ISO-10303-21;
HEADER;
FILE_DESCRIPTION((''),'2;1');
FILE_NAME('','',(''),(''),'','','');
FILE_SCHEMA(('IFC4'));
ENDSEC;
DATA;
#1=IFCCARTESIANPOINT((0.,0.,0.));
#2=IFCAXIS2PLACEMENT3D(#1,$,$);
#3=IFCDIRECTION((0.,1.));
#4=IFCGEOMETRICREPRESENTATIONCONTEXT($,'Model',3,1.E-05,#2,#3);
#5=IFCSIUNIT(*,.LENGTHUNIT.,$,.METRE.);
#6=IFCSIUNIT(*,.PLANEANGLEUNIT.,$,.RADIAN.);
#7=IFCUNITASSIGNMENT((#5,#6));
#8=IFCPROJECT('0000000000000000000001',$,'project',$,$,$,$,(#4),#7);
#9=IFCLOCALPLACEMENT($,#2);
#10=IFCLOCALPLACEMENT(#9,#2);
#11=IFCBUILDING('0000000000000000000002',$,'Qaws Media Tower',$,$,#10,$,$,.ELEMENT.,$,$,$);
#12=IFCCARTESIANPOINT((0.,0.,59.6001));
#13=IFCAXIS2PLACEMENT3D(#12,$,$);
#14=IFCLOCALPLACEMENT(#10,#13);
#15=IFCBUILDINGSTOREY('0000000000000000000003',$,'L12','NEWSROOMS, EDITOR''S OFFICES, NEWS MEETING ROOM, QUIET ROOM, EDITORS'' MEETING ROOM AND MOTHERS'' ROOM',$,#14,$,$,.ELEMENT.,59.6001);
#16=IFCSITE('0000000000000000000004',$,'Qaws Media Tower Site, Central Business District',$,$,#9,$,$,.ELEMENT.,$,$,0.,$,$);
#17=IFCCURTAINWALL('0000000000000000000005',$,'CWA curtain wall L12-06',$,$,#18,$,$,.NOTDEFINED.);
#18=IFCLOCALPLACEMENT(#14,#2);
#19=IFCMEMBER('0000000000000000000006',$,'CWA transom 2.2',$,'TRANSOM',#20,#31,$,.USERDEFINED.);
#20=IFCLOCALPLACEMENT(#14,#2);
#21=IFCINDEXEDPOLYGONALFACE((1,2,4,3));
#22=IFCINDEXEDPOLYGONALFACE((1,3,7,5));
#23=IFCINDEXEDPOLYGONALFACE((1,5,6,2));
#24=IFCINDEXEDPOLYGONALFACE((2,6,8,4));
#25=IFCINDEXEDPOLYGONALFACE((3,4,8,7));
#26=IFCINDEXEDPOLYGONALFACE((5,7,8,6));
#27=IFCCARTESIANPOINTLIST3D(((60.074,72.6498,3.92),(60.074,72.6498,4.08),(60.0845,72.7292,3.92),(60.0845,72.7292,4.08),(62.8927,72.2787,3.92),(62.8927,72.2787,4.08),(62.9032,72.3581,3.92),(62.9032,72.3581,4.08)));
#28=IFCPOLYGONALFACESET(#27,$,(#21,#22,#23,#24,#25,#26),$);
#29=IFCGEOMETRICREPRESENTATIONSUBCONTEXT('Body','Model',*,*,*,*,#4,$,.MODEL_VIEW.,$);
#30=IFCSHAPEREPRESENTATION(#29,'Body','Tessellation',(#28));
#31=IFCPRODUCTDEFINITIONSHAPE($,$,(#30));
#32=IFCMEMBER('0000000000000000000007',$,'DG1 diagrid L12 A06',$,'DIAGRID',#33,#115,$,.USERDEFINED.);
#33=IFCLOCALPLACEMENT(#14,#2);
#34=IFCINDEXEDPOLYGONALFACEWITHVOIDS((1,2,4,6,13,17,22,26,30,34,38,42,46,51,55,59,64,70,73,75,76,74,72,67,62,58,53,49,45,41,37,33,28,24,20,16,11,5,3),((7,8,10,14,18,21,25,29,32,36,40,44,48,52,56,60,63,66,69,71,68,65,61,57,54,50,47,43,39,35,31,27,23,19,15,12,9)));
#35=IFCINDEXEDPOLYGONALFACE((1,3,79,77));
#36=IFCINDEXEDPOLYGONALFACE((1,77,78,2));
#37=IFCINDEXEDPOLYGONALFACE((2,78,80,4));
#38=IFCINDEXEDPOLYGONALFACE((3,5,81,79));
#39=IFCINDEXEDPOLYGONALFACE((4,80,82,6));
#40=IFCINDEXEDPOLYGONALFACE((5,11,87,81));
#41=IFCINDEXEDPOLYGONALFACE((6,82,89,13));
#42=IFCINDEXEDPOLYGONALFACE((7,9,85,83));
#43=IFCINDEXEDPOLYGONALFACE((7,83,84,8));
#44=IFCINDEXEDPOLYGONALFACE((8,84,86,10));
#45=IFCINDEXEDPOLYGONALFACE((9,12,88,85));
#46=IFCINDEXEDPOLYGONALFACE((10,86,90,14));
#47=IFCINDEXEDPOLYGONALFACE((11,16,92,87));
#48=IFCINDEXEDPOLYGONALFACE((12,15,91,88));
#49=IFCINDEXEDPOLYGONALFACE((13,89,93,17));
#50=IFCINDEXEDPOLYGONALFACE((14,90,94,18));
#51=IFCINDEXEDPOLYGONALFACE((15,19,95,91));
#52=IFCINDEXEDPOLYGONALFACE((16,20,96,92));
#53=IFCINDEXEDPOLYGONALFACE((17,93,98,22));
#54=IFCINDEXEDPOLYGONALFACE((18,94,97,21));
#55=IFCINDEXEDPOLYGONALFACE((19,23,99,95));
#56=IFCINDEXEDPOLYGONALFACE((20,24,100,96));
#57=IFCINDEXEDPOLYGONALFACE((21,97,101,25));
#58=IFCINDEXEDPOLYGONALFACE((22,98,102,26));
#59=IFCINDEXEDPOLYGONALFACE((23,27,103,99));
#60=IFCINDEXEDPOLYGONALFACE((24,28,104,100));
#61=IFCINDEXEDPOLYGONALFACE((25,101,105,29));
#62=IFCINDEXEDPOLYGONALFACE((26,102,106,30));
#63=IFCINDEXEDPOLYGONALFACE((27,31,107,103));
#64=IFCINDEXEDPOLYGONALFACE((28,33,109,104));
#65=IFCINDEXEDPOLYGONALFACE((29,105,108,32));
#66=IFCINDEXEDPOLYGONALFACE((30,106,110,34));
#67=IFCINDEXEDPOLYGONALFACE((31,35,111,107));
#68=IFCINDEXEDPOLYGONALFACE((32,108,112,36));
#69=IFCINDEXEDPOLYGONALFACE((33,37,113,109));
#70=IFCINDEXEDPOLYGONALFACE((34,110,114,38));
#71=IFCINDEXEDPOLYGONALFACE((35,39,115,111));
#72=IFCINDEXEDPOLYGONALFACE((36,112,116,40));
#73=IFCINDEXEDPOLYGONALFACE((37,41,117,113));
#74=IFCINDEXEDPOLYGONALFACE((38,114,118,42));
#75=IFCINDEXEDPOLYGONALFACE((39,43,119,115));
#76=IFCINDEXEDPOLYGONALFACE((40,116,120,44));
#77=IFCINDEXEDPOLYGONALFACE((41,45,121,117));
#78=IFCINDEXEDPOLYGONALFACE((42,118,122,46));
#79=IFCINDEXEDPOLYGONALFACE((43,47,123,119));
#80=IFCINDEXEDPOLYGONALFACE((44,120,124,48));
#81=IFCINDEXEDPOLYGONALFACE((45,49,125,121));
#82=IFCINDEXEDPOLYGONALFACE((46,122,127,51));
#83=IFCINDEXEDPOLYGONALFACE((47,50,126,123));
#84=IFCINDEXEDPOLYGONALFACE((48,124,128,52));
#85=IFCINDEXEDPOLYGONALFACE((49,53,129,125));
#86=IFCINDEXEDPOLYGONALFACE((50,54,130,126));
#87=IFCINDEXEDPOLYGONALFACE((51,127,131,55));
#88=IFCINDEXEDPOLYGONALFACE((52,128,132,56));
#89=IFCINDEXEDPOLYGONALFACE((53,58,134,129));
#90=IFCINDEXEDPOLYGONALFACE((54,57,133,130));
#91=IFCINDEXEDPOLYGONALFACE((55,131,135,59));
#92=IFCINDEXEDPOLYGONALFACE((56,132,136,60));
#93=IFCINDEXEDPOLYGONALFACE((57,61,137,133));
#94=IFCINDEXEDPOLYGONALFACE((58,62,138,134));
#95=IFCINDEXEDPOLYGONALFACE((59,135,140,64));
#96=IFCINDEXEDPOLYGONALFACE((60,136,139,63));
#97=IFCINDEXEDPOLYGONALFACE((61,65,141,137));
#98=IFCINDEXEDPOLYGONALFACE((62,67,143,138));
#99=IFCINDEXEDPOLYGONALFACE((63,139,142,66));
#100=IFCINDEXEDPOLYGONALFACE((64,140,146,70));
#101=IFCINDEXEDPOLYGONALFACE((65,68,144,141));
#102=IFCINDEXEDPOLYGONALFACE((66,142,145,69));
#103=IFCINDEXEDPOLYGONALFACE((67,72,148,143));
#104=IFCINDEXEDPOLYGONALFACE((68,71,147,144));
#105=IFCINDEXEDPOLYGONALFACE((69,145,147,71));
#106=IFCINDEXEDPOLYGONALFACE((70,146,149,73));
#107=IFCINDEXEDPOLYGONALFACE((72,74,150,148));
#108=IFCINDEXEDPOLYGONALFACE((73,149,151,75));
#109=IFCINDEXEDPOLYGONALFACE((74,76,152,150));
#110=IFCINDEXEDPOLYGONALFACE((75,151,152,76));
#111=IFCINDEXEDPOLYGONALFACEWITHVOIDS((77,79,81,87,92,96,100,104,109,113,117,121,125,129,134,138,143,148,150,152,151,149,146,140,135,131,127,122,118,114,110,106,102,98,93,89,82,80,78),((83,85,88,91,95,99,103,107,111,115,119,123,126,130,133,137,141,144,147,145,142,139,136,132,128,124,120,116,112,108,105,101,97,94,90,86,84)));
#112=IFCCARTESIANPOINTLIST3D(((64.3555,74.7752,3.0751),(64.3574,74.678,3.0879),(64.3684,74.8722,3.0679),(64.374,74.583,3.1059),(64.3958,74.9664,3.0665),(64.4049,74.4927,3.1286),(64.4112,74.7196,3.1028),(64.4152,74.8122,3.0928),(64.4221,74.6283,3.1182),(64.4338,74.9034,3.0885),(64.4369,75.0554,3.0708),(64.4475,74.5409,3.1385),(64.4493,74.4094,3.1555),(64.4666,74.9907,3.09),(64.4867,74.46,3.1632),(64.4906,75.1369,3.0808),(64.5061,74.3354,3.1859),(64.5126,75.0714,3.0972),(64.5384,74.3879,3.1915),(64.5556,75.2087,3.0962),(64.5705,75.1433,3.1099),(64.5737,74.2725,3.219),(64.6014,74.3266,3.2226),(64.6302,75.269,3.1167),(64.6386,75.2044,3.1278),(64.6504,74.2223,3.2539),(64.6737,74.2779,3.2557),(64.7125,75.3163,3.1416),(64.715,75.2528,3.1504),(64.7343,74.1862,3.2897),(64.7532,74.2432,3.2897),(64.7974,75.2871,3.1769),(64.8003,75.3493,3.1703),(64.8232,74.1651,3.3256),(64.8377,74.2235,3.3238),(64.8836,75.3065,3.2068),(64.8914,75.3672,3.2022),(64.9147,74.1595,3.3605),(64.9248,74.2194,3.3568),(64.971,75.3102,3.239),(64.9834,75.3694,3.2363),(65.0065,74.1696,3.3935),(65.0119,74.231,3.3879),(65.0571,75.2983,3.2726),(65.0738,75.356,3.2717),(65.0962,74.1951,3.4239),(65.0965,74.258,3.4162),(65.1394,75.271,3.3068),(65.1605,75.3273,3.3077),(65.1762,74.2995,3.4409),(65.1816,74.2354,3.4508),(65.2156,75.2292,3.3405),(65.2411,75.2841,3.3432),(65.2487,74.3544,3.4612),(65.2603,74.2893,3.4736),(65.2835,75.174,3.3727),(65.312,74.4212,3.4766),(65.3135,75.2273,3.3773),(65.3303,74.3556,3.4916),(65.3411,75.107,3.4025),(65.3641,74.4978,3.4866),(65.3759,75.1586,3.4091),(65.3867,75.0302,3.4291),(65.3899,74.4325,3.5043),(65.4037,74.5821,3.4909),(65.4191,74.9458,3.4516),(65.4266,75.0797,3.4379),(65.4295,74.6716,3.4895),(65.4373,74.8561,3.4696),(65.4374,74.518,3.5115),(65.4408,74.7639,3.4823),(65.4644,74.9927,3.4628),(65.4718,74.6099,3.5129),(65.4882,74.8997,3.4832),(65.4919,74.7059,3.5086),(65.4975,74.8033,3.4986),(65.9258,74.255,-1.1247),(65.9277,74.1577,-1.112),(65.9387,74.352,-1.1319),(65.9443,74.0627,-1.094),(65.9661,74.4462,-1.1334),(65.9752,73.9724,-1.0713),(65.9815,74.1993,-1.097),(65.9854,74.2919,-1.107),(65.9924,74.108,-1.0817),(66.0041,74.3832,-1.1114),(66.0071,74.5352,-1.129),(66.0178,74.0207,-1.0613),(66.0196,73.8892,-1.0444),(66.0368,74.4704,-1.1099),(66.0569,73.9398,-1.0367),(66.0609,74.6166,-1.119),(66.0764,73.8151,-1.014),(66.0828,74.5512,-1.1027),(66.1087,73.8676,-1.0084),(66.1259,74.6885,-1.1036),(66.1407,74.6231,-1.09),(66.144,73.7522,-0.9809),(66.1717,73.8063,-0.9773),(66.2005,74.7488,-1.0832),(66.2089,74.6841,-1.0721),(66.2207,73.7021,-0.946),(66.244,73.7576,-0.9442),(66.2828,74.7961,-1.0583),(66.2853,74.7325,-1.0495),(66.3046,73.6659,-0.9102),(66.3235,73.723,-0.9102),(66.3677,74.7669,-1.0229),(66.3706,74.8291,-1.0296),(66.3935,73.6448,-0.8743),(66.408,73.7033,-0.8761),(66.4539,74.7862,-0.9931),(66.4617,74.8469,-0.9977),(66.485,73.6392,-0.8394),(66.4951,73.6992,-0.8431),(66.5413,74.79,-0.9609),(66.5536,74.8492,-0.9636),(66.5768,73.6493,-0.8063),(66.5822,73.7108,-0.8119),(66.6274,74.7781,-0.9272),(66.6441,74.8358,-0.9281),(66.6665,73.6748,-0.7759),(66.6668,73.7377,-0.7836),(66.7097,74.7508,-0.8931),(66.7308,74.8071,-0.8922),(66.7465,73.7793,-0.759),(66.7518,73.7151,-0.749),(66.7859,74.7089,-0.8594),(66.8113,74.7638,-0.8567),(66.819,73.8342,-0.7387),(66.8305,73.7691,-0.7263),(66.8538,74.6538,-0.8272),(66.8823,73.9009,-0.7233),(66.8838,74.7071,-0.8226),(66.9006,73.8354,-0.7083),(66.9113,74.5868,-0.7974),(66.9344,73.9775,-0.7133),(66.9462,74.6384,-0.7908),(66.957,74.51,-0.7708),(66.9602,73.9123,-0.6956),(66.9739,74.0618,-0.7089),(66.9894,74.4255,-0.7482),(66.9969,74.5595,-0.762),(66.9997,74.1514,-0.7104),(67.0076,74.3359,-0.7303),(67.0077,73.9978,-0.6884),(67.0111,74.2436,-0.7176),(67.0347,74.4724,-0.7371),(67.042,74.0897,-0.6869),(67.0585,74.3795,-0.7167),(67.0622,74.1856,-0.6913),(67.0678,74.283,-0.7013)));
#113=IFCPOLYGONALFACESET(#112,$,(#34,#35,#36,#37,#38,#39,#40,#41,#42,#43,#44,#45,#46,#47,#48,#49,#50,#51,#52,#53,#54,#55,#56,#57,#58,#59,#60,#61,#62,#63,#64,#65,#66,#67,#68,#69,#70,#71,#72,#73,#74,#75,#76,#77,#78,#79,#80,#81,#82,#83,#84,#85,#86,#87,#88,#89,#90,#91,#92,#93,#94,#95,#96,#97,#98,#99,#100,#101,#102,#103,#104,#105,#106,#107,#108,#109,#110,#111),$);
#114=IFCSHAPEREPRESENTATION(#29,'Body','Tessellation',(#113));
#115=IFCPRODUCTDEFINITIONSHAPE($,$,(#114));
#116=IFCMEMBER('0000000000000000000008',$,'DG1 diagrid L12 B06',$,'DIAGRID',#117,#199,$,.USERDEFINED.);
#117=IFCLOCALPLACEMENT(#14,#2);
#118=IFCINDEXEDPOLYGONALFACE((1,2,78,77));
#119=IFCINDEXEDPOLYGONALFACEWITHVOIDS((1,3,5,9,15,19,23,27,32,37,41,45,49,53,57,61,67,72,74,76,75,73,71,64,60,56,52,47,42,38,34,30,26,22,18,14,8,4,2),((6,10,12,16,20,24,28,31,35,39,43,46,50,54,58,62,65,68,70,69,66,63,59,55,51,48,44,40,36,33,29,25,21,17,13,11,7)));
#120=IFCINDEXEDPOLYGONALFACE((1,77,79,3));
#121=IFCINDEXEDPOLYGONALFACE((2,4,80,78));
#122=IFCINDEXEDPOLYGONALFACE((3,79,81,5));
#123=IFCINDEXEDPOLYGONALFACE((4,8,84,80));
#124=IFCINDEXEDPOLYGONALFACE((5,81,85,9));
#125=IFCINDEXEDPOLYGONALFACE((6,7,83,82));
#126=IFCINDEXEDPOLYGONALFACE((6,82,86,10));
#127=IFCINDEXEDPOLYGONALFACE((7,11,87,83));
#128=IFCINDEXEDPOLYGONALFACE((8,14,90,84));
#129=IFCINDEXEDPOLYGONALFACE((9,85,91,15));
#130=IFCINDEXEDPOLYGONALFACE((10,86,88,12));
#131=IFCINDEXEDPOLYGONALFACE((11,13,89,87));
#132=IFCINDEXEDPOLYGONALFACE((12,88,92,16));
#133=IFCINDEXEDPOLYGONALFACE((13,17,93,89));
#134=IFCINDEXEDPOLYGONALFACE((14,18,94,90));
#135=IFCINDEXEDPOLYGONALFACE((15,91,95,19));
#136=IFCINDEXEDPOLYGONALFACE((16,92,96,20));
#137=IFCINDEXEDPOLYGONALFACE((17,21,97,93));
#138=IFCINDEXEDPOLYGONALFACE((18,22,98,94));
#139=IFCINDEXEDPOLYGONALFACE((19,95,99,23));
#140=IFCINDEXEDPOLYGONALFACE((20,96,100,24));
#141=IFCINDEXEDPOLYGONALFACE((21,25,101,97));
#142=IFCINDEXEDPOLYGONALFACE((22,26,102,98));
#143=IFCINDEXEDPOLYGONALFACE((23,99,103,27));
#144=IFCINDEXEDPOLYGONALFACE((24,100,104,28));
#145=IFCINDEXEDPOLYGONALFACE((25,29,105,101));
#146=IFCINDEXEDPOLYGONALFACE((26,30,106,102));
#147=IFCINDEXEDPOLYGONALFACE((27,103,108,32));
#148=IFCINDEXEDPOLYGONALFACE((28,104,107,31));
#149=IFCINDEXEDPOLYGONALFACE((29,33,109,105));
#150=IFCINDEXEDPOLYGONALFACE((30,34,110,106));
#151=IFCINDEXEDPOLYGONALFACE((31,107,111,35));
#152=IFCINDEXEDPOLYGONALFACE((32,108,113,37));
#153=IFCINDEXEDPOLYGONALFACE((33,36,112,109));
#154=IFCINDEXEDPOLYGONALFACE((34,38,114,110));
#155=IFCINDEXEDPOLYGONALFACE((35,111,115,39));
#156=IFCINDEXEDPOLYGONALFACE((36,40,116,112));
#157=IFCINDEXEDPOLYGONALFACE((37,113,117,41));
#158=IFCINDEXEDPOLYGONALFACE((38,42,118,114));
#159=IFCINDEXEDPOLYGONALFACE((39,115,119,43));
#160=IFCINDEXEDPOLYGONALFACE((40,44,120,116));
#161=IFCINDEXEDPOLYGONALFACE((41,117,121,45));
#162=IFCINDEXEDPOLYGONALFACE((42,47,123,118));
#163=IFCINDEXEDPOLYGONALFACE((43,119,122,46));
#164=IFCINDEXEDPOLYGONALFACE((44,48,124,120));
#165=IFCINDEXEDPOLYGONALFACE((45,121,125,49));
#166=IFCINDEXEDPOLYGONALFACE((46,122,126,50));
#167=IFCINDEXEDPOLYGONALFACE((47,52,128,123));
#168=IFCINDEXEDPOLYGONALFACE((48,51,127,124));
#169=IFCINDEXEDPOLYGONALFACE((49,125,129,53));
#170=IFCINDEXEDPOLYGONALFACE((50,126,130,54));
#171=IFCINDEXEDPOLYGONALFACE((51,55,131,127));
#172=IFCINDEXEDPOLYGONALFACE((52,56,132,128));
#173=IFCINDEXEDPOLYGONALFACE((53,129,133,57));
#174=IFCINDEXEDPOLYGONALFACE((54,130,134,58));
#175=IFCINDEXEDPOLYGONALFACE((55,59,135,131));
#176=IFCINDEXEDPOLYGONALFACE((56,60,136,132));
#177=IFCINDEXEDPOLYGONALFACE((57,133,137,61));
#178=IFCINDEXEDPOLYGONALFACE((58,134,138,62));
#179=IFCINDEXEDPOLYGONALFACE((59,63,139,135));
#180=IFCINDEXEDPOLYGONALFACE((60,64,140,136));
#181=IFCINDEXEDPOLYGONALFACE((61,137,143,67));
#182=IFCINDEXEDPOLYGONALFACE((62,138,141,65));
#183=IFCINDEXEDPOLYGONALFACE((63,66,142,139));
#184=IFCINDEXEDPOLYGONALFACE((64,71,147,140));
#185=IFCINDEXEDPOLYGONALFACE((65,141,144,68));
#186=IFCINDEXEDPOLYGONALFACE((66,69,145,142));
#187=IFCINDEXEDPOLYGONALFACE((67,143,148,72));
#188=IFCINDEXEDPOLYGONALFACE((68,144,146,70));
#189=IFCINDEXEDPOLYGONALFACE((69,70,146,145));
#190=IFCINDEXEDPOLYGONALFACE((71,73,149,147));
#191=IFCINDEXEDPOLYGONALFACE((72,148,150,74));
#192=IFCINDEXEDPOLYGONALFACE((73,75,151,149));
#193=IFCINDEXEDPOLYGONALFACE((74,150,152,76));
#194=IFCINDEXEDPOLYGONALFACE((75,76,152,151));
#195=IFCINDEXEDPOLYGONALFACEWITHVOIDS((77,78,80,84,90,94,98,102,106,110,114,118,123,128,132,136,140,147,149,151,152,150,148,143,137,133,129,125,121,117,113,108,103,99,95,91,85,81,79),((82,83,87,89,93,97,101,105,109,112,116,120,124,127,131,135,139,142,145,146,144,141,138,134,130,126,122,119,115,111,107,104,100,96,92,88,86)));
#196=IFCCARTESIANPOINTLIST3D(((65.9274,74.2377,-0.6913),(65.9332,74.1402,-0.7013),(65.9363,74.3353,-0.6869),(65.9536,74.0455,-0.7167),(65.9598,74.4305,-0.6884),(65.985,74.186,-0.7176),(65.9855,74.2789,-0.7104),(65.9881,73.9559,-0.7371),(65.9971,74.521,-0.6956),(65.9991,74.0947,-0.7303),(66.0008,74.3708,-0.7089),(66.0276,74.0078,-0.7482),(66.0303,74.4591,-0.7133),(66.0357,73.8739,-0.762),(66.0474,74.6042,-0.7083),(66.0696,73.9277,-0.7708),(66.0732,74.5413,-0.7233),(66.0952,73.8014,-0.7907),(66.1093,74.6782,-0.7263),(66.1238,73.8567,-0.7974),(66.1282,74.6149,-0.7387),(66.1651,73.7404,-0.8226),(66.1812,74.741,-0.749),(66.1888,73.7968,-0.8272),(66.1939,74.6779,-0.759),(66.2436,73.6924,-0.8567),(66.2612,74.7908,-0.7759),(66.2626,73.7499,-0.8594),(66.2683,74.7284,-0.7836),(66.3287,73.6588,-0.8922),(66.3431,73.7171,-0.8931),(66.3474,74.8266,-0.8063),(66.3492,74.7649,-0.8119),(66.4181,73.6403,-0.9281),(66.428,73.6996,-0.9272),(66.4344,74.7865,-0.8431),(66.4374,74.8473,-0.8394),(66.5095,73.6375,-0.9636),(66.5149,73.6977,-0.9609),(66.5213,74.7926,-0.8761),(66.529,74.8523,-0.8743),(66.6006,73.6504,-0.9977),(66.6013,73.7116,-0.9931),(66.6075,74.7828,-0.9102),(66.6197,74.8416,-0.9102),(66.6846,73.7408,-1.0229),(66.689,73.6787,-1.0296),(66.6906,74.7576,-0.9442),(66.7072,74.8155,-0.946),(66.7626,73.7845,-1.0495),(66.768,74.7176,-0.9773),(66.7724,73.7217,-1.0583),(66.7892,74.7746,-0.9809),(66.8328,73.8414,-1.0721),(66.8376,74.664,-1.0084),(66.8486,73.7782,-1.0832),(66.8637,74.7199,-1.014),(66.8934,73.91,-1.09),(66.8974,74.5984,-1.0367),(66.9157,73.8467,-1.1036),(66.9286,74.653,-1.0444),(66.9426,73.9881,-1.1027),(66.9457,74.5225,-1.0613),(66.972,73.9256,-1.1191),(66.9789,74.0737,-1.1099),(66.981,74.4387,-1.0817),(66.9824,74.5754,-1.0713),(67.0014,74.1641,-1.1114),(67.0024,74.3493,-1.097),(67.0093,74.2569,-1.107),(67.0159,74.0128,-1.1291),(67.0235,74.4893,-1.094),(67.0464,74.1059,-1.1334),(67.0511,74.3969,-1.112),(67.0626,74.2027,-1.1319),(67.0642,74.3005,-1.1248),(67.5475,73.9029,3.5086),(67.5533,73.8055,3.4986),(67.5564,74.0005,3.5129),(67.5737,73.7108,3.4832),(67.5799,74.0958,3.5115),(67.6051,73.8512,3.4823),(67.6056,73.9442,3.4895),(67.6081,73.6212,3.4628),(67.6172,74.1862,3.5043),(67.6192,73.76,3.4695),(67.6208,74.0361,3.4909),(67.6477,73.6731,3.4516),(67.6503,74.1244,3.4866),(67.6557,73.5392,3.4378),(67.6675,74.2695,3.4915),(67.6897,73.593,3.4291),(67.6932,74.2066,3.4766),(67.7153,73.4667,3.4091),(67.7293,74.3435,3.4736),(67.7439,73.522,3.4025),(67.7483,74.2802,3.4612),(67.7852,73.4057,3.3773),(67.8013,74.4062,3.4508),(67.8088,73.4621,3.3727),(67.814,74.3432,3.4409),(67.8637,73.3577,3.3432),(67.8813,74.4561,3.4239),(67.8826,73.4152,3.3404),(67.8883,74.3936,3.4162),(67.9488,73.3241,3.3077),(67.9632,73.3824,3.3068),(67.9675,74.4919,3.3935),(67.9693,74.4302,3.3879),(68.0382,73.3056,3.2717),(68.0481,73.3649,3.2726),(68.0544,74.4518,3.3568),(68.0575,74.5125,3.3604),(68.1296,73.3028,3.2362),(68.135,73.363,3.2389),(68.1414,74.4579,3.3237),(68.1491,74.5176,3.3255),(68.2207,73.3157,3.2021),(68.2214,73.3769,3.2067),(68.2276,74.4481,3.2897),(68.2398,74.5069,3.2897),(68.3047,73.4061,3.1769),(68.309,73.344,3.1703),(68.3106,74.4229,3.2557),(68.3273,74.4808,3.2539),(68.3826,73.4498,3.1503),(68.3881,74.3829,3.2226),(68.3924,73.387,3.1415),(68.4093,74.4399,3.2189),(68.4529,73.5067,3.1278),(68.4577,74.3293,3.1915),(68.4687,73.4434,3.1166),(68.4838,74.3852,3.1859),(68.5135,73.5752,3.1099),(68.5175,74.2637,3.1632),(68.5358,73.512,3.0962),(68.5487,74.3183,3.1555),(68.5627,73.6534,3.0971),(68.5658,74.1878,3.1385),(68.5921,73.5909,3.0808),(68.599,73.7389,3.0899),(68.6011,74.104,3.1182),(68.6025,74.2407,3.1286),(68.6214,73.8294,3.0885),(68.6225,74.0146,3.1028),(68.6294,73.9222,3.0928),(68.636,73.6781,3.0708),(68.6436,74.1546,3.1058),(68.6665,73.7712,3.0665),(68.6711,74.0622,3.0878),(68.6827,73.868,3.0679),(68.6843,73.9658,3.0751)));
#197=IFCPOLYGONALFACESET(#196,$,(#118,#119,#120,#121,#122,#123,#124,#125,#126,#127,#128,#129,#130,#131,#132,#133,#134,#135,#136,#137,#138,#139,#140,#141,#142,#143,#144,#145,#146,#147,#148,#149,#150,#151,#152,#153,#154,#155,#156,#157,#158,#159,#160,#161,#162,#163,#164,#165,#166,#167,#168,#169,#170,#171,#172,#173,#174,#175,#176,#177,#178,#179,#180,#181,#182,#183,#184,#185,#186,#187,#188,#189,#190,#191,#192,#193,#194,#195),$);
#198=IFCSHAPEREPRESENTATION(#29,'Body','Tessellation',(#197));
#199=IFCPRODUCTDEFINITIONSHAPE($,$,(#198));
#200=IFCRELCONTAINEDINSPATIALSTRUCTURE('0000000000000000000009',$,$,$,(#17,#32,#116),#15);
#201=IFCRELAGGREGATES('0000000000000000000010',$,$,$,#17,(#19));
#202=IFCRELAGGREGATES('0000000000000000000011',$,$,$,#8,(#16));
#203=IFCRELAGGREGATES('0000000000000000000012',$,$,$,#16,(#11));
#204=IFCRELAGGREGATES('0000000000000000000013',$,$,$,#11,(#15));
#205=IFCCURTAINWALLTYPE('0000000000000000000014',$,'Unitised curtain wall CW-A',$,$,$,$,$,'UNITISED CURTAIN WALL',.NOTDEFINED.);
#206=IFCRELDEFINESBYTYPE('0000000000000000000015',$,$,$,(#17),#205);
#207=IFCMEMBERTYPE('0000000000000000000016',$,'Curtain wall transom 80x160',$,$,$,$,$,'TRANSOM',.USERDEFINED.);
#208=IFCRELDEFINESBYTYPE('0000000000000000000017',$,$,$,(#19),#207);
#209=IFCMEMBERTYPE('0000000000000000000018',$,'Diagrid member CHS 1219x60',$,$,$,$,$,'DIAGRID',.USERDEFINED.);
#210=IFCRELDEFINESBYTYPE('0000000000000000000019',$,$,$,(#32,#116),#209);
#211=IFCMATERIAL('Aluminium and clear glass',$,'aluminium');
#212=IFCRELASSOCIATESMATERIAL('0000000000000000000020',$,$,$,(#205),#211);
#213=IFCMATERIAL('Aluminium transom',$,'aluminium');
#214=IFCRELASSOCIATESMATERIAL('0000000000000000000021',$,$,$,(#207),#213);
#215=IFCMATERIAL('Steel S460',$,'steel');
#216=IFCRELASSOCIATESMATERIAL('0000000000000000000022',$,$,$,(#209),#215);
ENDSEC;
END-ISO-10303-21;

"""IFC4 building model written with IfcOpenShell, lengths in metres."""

from ifc_helpers import new_model, si_unit, direction, frame, origin, origin_2d, place, context, subcontext, project, spatial, rectangle, hollow_circle, extrude, material, material_profile, profile_set, type_object, element, aggregate, save


model = new_model("IFC4")

# Units and contexts
model_context = context("Model", 3, precision=1e-05, world=origin(), true_north=direction((0.0, 1.0)))
body_context = subcontext(model_context, "Body", "Model", "MODEL_VIEW")
ifc_project = project(units=[si_unit("LENGTHUNIT", "METRE"), si_unit("PLANEANGLEUNIT", "RADIAN")], contexts=[model_context])

# Site, building, storey
site_placement = place(None, origin())
site = spatial("IfcSite", under=ifc_project, at=site_placement, Name="Qaws Media Tower Site, Central Business District", CompositionType="ELEMENT", RefElevation=0.0)
building_placement = place(site_placement, origin())
building = spatial("IfcBuilding", under=site, at=building_placement, Name="Qaws Media Tower", CompositionType="ELEMENT")
storey_placement = place(building_placement, frame((0.0, 0.0, 59.6001)))
storey = spatial("IfcBuildingStorey", under=building, at=storey_placement, Name="L12", Description="NEWSROOMS, EDITOR'S OFFICES, NEWS MEETING ROOM, QUIET ROOM, EDITORS' MEETING ROOM AND MOTHERS' ROOM", CompositionType="ELEMENT", Elevation=59.6001)

# Shared definitions
ifc_material_1 = material(Name="Aluminium and clear glass", Category="aluminium")
curtain_wall_type = type_object("IfcCurtainWallType", Name="Unitised curtain wall CW-A", ElementType="UNITISED CURTAIN WALL", PredefinedType="NOTDEFINED", material=ifc_material_1)

# Curtain wall
curtain_wall_1_placement = place(storey_placement, origin())
curtain_wall_1 = element("IfcCurtainWall", 1, at=curtain_wall_1_placement, inside=storey, type_object=curtain_wall_type, Name="CWA curtain wall L12-06", PredefinedType="NOTDEFINED")

# Member
ifc_material_2 = material(Name="Aluminium transom", Category="aluminium")
ifc_material_profile_1 = material_profile(ifc_material_2, rectangle(XDim=0.0801, YDim=0.1599, at=origin_2d()), Name="80x160")
ifc_profile_set_1 = profile_set([ifc_material_profile_1], Name="Aluminium transom")
member_type_1 = type_object("IfcMemberType", Name="Curtain wall transom 80x160", ElementType="TRANSOM", PredefinedType="USERDEFINED", material=ifc_profile_set_1)
member_1_placement = place(storey_placement, frame((62.8979, 72.3184, 4.0), z_axis=(-0.991444, 0.130532, 0.0), x_axis=(-0.130532, -0.991444, 0.0)))
member_1 = element("IfcMember", 2, at=member_1_placement, type_object=member_type_1, Name="CWA transom 2.2", ObjectType="TRANSOM", PredefinedType="USERDEFINED", context=body_context, shape_type="SweptSolid", body=[
    extrude(rectangle(XDim=0.0801, YDim=0.1599, at=origin_2d()), origin(), (0.0, 0.0, 1.0), 2.843),
])

# Members
ifc_material_3 = material(Name="Steel S460", Category="steel")
ifc_material_profile_2 = material_profile(ifc_material_3, hollow_circle(Radius=0.6096, WallThickness=0.0601, at=origin_2d()), Name="CHS 1219x60")
ifc_profile_set_2 = profile_set([ifc_material_profile_2], Name="Steel S460")
member_type_2 = type_object("IfcMemberType", Name="Diagrid member CHS 1219x60", ElementType="DIAGRID", PredefinedType="USERDEFINED", material=ifc_profile_set_2)
for number, where, z_axis, x_axis, name in (
    (3, (66.4963, 74.2446, -0.9102), (-0.347876, 0.115256, 0.930429), (-0.314501, -0.949257, 0.0), "DG1 diagrid L12 A06"),
    (4, (66.4963, 74.2446, -0.9102), (0.358908, -0.07415, 0.930423), (0.202327, 0.979318, 0.0), "DG1 diagrid L12 B06"),
):
    element("IfcMember", number, at=place(storey_placement, frame(where, z_axis=z_axis, x_axis=x_axis)), inside=storey, type_object=member_type_2, Name=name, ObjectType="DIAGRID", PredefinedType="USERDEFINED", context=body_context, shape_type="SweptSolid", body=[
        extrude(hollow_circle(Radius=0.6096, WallThickness=0.0601, at=origin_2d()), origin(), (0.0, 0.0, 1.0), 4.5139),
    ])

aggregate(curtain_wall_1, [member_1])

save(model, "model.ifc")
